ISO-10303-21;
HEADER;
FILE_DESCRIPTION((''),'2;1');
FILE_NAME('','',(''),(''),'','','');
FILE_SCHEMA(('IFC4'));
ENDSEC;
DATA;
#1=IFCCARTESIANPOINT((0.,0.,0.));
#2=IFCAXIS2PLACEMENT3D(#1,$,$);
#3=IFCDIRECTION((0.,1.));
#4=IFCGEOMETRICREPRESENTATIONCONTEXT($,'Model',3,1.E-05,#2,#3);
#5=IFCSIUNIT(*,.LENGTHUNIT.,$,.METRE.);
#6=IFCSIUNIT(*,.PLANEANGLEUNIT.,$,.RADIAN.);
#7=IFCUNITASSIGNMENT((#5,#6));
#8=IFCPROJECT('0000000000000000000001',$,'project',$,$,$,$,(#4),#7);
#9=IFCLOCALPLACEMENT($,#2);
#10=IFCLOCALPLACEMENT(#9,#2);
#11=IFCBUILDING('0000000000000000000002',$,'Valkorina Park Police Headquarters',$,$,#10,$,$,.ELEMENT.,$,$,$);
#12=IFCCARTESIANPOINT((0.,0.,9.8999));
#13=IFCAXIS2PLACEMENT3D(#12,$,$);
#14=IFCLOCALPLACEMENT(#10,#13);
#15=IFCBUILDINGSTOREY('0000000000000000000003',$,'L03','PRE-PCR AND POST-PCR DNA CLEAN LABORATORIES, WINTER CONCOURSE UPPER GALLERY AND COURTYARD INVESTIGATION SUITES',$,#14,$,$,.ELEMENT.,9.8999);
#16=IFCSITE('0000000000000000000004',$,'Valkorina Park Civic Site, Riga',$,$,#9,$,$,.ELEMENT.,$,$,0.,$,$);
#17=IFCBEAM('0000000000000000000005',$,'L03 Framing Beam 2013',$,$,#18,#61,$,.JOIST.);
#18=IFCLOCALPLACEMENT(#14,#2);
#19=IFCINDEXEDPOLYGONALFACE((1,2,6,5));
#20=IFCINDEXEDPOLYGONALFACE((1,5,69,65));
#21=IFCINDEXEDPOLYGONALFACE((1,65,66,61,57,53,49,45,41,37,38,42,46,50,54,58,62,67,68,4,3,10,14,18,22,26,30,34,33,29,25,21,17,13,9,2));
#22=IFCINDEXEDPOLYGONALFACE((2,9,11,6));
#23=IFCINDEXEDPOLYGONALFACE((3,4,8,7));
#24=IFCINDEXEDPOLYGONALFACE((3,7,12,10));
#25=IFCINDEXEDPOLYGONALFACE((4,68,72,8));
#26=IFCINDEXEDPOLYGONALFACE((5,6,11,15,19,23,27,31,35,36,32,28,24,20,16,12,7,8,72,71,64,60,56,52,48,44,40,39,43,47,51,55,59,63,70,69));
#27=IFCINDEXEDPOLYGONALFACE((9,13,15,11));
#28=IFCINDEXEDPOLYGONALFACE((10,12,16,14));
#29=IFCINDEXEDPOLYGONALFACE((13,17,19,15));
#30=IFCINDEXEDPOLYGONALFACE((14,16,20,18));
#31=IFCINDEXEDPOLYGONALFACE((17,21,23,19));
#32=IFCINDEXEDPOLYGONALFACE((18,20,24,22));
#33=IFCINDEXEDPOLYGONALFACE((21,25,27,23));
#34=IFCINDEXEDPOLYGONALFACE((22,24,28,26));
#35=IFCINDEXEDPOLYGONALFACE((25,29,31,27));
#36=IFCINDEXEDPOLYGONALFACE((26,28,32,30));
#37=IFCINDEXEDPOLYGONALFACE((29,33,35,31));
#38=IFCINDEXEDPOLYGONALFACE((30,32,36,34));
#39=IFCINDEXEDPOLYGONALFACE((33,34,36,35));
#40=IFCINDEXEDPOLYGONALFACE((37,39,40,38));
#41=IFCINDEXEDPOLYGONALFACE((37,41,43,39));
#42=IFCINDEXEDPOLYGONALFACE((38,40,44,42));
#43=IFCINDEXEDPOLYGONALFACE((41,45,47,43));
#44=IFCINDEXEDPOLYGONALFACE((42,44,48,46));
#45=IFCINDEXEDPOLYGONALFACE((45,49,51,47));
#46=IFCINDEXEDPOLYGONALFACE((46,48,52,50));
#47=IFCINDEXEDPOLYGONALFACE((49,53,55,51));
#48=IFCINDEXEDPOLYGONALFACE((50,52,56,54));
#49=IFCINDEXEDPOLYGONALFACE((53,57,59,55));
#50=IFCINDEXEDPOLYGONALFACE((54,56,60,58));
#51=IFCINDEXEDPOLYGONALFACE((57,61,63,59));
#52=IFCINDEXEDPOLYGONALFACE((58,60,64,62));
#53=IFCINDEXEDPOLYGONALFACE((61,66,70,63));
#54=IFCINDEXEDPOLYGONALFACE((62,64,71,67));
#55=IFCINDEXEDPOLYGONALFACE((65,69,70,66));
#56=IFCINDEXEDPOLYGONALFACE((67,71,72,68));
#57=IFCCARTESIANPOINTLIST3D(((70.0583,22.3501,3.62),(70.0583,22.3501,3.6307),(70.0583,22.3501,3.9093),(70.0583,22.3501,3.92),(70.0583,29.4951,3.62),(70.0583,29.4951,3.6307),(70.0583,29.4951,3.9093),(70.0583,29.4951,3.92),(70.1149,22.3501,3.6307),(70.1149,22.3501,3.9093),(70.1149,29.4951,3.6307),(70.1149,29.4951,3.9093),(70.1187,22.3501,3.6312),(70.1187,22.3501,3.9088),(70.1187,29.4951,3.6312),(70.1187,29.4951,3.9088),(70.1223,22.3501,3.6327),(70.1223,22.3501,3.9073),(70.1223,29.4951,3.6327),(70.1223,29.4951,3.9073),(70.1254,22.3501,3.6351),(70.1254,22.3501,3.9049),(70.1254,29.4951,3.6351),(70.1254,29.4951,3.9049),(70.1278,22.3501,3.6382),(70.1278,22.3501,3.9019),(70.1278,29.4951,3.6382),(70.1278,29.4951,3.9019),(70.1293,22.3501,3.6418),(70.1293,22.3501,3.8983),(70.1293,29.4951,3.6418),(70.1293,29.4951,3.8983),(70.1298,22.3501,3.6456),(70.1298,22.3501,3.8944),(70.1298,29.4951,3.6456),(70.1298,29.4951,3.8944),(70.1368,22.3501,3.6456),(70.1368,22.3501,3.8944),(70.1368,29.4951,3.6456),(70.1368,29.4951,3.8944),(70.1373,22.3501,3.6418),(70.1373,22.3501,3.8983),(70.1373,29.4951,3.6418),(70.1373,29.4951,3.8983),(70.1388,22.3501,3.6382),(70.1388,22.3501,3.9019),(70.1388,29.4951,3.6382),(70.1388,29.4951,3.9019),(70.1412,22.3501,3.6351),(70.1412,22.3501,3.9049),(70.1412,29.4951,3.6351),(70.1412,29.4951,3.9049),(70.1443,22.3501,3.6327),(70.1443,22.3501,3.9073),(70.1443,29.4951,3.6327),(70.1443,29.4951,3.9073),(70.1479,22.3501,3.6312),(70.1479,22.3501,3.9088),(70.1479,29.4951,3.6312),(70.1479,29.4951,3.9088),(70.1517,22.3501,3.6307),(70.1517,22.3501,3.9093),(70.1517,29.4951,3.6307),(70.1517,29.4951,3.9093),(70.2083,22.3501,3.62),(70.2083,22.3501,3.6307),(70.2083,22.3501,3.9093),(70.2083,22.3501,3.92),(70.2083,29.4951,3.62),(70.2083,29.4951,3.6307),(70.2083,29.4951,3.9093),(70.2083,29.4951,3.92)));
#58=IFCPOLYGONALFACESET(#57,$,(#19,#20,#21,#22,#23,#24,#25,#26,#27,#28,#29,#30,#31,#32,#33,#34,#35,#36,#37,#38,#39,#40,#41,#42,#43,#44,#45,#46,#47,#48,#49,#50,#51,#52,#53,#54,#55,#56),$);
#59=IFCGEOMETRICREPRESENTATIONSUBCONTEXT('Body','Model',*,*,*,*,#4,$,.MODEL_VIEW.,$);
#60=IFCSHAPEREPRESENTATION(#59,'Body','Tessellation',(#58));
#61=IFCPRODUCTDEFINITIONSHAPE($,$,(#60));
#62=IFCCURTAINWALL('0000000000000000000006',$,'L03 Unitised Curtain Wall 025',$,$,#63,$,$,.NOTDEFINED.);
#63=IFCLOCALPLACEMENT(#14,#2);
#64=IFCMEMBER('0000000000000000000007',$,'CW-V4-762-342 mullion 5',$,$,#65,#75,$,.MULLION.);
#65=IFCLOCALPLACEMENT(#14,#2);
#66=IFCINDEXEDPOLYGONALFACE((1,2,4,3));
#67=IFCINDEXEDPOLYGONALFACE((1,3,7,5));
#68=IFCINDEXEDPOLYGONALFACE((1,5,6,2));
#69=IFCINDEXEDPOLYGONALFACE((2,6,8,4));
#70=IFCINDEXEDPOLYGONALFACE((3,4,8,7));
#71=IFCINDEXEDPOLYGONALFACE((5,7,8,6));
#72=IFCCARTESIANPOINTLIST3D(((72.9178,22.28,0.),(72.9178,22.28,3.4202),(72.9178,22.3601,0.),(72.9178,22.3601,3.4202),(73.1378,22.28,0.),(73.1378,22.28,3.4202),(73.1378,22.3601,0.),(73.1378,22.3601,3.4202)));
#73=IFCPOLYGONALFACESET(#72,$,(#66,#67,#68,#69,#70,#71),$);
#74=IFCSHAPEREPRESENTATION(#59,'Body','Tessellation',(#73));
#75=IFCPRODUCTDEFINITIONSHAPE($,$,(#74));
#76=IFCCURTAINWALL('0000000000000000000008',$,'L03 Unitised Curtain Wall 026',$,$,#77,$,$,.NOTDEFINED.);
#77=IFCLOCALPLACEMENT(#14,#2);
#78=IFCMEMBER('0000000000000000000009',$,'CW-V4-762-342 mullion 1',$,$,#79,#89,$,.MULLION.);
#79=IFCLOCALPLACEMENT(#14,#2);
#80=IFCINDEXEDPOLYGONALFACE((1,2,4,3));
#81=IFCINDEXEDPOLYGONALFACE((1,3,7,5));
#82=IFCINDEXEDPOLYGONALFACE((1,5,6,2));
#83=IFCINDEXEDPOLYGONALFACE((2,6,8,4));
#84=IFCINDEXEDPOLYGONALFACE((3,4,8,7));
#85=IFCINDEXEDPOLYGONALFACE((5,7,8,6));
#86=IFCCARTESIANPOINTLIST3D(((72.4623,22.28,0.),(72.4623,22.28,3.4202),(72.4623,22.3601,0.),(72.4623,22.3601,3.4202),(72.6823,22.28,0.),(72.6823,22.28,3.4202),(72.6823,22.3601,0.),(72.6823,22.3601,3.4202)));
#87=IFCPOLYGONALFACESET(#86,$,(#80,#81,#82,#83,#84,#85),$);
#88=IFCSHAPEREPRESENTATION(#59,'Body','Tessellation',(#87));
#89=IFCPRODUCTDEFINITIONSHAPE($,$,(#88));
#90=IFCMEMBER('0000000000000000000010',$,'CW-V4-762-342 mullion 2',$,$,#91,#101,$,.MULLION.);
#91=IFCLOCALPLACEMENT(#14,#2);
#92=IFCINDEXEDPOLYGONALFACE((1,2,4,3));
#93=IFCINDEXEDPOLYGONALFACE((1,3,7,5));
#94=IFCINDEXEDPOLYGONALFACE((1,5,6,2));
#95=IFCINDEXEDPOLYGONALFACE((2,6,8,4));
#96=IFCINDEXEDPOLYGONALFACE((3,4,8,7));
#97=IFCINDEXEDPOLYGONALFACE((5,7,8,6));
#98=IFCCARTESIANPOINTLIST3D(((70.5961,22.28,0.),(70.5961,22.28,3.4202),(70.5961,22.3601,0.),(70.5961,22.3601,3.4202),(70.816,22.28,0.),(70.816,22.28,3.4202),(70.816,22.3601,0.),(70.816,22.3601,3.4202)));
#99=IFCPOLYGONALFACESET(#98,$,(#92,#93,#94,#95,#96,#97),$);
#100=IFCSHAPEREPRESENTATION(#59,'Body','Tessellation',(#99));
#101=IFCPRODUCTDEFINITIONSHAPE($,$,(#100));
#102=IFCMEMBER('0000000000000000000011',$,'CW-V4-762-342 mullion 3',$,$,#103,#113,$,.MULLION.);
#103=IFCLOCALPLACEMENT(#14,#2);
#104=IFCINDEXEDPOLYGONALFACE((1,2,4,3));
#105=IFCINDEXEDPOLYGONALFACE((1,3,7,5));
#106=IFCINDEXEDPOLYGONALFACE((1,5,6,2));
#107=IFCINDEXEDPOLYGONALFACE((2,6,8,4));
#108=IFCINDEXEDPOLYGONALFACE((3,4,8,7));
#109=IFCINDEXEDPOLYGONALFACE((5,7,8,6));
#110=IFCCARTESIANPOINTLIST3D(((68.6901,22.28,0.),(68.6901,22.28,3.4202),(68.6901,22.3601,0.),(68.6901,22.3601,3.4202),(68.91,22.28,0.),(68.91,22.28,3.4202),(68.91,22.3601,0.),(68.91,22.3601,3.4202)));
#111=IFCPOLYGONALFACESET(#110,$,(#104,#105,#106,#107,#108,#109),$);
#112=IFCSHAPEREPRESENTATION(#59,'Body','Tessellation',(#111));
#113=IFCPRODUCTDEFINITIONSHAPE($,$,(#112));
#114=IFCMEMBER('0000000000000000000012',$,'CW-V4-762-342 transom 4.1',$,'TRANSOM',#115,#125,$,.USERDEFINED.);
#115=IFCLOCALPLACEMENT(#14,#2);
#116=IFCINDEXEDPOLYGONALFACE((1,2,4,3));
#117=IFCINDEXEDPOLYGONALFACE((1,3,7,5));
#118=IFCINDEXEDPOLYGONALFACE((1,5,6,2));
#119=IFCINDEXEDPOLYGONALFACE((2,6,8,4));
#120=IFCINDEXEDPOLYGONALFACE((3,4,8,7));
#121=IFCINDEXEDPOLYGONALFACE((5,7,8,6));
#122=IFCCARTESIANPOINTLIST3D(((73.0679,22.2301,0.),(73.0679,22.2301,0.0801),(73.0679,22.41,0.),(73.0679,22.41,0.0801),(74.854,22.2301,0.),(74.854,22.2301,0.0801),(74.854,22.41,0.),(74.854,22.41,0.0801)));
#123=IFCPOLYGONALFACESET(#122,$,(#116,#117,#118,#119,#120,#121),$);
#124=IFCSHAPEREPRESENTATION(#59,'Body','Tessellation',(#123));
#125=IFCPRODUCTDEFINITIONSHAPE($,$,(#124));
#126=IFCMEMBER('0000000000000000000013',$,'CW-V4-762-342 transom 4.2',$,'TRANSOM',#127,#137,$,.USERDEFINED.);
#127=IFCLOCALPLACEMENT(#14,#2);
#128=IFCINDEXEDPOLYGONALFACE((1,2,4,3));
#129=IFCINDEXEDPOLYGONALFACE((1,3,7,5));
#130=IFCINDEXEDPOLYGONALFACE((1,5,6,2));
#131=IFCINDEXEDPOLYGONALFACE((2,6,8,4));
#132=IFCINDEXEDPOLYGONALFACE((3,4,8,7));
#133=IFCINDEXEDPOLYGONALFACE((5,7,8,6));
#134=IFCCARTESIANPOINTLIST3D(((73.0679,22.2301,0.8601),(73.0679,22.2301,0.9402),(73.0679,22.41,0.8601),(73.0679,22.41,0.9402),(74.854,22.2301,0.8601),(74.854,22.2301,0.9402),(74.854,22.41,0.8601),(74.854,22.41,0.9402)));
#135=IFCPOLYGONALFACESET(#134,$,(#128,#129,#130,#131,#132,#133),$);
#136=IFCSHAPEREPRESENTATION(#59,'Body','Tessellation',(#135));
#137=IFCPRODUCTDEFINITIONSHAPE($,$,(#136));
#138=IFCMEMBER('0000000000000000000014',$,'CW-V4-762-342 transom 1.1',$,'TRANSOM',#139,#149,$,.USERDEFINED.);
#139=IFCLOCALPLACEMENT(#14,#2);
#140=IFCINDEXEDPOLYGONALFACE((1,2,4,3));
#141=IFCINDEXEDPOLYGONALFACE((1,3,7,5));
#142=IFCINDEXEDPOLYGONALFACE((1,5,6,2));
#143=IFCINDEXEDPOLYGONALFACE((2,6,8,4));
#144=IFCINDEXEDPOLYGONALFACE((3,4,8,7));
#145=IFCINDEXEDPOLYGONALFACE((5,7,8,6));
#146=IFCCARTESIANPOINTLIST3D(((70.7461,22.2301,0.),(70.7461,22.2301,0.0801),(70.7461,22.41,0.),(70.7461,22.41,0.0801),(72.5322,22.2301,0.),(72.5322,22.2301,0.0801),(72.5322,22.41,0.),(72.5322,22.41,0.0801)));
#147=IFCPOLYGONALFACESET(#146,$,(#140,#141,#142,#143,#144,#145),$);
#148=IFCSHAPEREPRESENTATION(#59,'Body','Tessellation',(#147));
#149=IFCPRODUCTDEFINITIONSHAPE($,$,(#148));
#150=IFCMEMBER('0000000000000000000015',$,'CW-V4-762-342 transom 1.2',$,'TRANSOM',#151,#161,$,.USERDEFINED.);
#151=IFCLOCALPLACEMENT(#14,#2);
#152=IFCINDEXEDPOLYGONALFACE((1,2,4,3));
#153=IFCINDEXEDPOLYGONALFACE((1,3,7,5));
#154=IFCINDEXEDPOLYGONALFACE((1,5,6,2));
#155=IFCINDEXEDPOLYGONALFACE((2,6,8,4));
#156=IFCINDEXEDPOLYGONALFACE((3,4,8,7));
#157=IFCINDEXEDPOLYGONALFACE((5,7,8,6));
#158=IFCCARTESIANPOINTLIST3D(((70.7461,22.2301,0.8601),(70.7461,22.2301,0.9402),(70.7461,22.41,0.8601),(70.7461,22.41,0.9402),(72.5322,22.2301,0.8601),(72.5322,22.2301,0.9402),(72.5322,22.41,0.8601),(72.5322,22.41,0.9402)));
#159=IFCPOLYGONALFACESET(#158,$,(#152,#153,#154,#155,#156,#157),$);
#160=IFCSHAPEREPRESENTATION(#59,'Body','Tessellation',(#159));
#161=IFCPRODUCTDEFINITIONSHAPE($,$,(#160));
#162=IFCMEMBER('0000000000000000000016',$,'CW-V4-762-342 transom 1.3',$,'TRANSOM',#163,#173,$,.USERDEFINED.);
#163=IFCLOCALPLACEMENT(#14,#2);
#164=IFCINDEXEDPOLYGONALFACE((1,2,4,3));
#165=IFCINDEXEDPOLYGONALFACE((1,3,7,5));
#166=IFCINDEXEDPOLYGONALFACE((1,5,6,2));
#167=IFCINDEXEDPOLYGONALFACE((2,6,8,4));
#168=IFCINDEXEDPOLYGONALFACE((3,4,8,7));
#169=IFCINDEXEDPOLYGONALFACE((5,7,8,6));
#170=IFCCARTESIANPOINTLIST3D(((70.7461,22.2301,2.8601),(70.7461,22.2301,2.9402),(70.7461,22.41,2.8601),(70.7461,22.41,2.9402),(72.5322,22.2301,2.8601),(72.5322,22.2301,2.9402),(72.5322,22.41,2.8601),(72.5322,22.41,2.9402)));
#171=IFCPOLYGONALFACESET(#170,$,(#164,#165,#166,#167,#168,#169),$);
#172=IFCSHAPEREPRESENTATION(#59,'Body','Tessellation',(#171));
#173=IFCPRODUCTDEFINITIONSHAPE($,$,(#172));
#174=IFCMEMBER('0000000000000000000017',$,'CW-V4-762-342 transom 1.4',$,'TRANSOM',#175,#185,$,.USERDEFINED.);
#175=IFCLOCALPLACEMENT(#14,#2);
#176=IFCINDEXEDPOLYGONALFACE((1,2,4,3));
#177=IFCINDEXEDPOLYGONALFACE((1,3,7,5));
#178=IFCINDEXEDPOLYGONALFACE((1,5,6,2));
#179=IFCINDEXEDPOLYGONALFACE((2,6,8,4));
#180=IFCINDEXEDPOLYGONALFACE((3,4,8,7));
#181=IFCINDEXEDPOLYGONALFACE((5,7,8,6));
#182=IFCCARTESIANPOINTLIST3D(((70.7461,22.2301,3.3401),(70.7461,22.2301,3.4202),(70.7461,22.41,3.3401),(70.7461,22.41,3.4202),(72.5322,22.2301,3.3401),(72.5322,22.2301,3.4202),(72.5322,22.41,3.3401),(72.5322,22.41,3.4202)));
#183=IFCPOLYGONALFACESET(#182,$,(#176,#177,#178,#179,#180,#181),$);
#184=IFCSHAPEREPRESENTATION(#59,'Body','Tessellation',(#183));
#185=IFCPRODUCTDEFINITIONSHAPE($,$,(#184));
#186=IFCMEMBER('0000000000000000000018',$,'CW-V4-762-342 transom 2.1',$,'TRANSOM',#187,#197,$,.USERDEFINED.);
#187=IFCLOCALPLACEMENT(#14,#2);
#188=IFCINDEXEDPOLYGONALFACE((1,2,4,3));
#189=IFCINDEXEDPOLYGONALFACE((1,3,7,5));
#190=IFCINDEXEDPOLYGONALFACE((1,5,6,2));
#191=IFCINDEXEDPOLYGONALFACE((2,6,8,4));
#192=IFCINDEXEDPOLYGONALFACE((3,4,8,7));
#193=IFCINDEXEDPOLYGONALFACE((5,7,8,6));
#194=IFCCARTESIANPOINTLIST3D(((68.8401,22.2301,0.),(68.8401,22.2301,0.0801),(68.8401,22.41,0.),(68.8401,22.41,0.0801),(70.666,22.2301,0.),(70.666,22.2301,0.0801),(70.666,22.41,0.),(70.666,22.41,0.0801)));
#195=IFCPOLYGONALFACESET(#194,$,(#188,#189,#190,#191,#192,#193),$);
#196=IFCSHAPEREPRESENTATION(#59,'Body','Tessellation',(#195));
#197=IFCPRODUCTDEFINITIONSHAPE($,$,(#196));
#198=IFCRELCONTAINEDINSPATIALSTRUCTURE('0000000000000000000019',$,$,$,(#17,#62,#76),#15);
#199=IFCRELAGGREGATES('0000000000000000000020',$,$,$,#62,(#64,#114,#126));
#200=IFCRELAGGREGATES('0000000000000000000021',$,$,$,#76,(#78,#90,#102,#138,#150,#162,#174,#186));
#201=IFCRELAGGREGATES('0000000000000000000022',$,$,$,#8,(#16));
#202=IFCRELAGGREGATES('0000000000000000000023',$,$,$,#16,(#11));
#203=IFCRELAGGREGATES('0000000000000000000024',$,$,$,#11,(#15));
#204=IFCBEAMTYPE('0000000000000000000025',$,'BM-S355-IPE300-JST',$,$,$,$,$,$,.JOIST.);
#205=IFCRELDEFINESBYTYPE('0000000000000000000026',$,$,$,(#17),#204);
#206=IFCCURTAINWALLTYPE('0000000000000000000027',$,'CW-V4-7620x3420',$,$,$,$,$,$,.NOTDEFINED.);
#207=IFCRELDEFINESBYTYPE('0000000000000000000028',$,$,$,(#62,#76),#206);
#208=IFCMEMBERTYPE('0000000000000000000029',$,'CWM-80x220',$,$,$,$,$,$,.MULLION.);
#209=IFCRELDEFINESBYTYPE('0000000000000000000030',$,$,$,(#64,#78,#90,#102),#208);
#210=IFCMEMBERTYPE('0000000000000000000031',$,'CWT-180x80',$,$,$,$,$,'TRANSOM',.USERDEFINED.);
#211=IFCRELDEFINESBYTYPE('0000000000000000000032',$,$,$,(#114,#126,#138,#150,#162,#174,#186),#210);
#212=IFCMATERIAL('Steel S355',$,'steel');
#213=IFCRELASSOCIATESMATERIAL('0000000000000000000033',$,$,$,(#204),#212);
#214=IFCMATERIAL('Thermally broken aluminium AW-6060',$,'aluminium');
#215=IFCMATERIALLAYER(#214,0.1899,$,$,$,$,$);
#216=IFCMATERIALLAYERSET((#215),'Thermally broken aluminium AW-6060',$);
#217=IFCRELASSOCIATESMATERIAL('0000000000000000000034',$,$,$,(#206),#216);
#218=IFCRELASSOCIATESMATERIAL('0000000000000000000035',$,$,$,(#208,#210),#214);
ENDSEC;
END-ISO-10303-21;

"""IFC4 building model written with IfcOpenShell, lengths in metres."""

from ifc_helpers import new_model, si_unit, direction, frame, origin, origin_2d, place, context, subcontext, project, spatial, rectangle, i_section, extrude, material, layer, layer_set, material_profile, profile_set, type_object, element, aggregate, save


model = new_model("IFC4")

# Units and contexts
model_context = context("Model", 3, precision=1e-05, world=origin(), true_north=direction((0.0, 1.0)))
body_context = subcontext(model_context, "Body", "Model", "MODEL_VIEW")
ifc_project = project(units=[si_unit("LENGTHUNIT", "METRE"), si_unit("PLANEANGLEUNIT", "RADIAN")], contexts=[model_context])

# Site, building, storey
site_placement = place(None, origin())
site = spatial("IfcSite", under=ifc_project, at=site_placement, Name="Valkorina Park Civic Site, Riga", CompositionType="ELEMENT", RefElevation=0.0)
building_placement = place(site_placement, origin())
building = spatial("IfcBuilding", under=site, at=building_placement, Name="Valkorina Park Police Headquarters", CompositionType="ELEMENT")
storey_placement = place(building_placement, frame((0.0, 0.0, 9.8999)))
storey = spatial("IfcBuildingStorey", under=building, at=storey_placement, Name="L03", Description="PRE-PCR AND POST-PCR DNA CLEAN LABORATORIES, WINTER CONCOURSE UPPER GALLERY AND COURTYARD INVESTIGATION SUITES", CompositionType="ELEMENT", Elevation=9.8999)

# Shared definitions
ifc_material_1 = material(Name="Steel S355", Category="steel")

# Beam
ifc_material_profile_1 = material_profile(ifc_material_1, i_section(OverallWidth=0.1499, OverallDepth=0.3, WebThickness=0.0071, FlangeThickness=0.0107, FilletRadius=0.0149, at=origin_2d()), Name="IPE 300")
ifc_profile_set_1 = profile_set([ifc_material_profile_1], Name="Steel S355")
beam_type_1 = type_object("IfcBeamType", Name="BM-S355-IPE300-JST", PredefinedType="JOIST", material=ifc_profile_set_1)
beam_1_placement = place(storey_placement, frame((70.1333, 22.3501, 3.77), z_axis=(0.0, 1.0, 0.0), x_axis=(-1.0, 0.0, 0.0)))
element("IfcBeam", 1, at=beam_1_placement, inside=storey, type_object=beam_type_1, Name="L03 Framing Beam 2013", PredefinedType="JOIST", context=body_context, shape_type="SweptSolid", body=[
    extrude(i_section(OverallWidth=0.1499, OverallDepth=0.3, WebThickness=0.0071, FlangeThickness=0.0107, FilletRadius=0.0149, at=origin_2d()), origin(), (0.0, 0.0, 1.0), 7.145),
])

# Curtain wall, member
ifc_material_2 = material(Name="Thermally broken aluminium AW-6060", Category="aluminium")
ifc_layer_1 = layer(ifc_material_2, 0.1899)
ifc_layer_set_1 = layer_set([ifc_layer_1], Name="Thermally broken aluminium AW-6060")
curtain_wall_type = type_object("IfcCurtainWallType", Name="CW-V4-7620x3420", PredefinedType="NOTDEFINED", material=ifc_layer_set_1)
curtain_wall_1_placement = place(storey_placement, origin())
curtain_wall_1 = element("IfcCurtainWall", 2, at=curtain_wall_1_placement, inside=storey, type_object=curtain_wall_type, Name="L03 Unitised Curtain Wall 025", PredefinedType="NOTDEFINED")
ifc_material_profile_2 = material_profile(ifc_material_2, rectangle(XDim=0.0801, YDim=0.22, at=origin_2d()), Name="CWM-03 80x220")
ifc_profile_set_2 = profile_set([ifc_material_profile_2], Name="Thermally broken aluminium AW-6060")
member_type_1 = type_object("IfcMemberType", Name="CWM-80x220", PredefinedType="MULLION", material=ifc_profile_set_2)
member_1_placement = place(storey_placement, frame((73.0278, 22.3201, 0.0), z_axis=(0.0, 0.0, 1.0), x_axis=(0.0, -1.0, 0.0)))
member_1 = element("IfcMember", 3, at=member_1_placement, type_object=member_type_1, Name="CW-V4-762-342 mullion 5", PredefinedType="MULLION", context=body_context, shape_type="SweptSolid", body=[
    extrude(rectangle(XDim=0.0801, YDim=0.22, at=origin_2d()), origin(), (0.0, 0.0, 1.0), 3.4202),
])

# Curtain wall, members
curtain_wall_2_placement = place(storey_placement, origin())
curtain_wall_2 = element("IfcCurtainWall", 4, at=curtain_wall_2_placement, inside=storey, type_object=curtain_wall_type, Name="L03 Unitised Curtain Wall 026", PredefinedType="NOTDEFINED")
member_2_placement = place(storey_placement, frame((72.5723, 22.3201, 0.0), z_axis=(0.0, 0.0, 1.0), x_axis=(0.0, -1.0, 0.0)))
member_2 = element("IfcMember", 5, at=member_2_placement, type_object=member_type_1, Name="CW-V4-762-342 mullion 1", PredefinedType="MULLION", context=body_context, shape_type="SweptSolid", body=[
    extrude(rectangle(XDim=0.0801, YDim=0.22, at=origin_2d()), origin(), (0.0, 0.0, 1.0), 3.4202),
])
member_3_placement = place(storey_placement, frame((70.7061, 22.3201, 0.0), z_axis=(0.0, 0.0, 1.0), x_axis=(0.0, -1.0, 0.0)))
member_3 = element("IfcMember", 6, at=member_3_placement, type_object=member_type_1, Name="CW-V4-762-342 mullion 2", PredefinedType="MULLION", context=body_context, shape_type="SweptSolid", body=[
    extrude(rectangle(XDim=0.0801, YDim=0.22, at=origin_2d()), origin(), (0.0, 0.0, 1.0), 3.4202),
])
member_4_placement = place(storey_placement, frame((68.8, 22.3201, 0.0), z_axis=(0.0, 0.0, 1.0), x_axis=(0.0, -1.0, 0.0)))
member_4 = element("IfcMember", 7, at=member_4_placement, type_object=member_type_1, Name="CW-V4-762-342 mullion 3", PredefinedType="MULLION", context=body_context, shape_type="SweptSolid", body=[
    extrude(rectangle(XDim=0.0801, YDim=0.22, at=origin_2d()), origin(), (0.0, 0.0, 1.0), 3.4202),
])

# Members
ifc_material_profile_3 = material_profile(ifc_material_2, rectangle(XDim=0.1799, YDim=0.0801, at=origin_2d()), Name="CWT-03 180x80")
ifc_profile_set_3 = profile_set([ifc_material_profile_3], Name="Thermally broken aluminium AW-6060")
member_type_2 = type_object("IfcMemberType", Name="CWT-180x80", ElementType="TRANSOM", PredefinedType="USERDEFINED", material=ifc_profile_set_3)
member_5_placement = place(storey_placement, frame((74.854, 22.3201, 0.04), z_axis=(-1.0, 0.0, 0.0), x_axis=(0.0, -1.0, 0.0)))
member_5 = element("IfcMember", 8, at=member_5_placement, type_object=member_type_2, Name="CW-V4-762-342 transom 4.1", ObjectType="TRANSOM", PredefinedType="USERDEFINED", context=body_context, shape_type="SweptSolid", body=[
    extrude(rectangle(XDim=0.1799, YDim=0.0801, at=origin_2d()), origin(), (0.0, 0.0, 1.0), 1.7861),
])
member_6_placement = place(storey_placement, frame((74.854, 22.3201, 0.9001), z_axis=(-1.0, 0.0, 0.0), x_axis=(0.0, -1.0, 0.0)))
member_6 = element("IfcMember", 9, at=member_6_placement, type_object=member_type_2, Name="CW-V4-762-342 transom 4.2", ObjectType="TRANSOM", PredefinedType="USERDEFINED", context=body_context, shape_type="SweptSolid", body=[
    extrude(rectangle(XDim=0.1799, YDim=0.0801, at=origin_2d()), origin(), (0.0, 0.0, 1.0), 1.7861),
])
member_7_placement = place(storey_placement, frame((72.5322, 22.3201, 0.04), z_axis=(-1.0, 0.0, 0.0), x_axis=(0.0, -1.0, 0.0)))
member_7 = element("IfcMember", 10, at=member_7_placement, type_object=member_type_2, Name="CW-V4-762-342 transom 1.1", ObjectType="TRANSOM", PredefinedType="USERDEFINED", context=body_context, shape_type="SweptSolid", body=[
    extrude(rectangle(XDim=0.1799, YDim=0.0801, at=origin_2d()), origin(), (0.0, 0.0, 1.0), 1.7861),
])
member_8_placement = place(storey_placement, frame((72.5322, 22.3201, 0.9001), z_axis=(-1.0, 0.0, 0.0), x_axis=(0.0, -1.0, 0.0)))
member_8 = element("IfcMember", 11, at=member_8_placement, type_object=member_type_2, Name="CW-V4-762-342 transom 1.2", ObjectType="TRANSOM", PredefinedType="USERDEFINED", context=body_context, shape_type="SweptSolid", body=[
    extrude(rectangle(XDim=0.1799, YDim=0.0801, at=origin_2d()), origin(), (0.0, 0.0, 1.0), 1.7861),
])
member_9_placement = place(storey_placement, frame((72.5322, 22.3201, 2.9001), z_axis=(-1.0, 0.0, 0.0), x_axis=(0.0, -1.0, 0.0)))
member_9 = element("IfcMember", 12, at=member_9_placement, type_object=member_type_2, Name="CW-V4-762-342 transom 1.3", ObjectType="TRANSOM", PredefinedType="USERDEFINED", context=body_context, shape_type="SweptSolid", body=[
    extrude(rectangle(XDim=0.1799, YDim=0.0801, at=origin_2d()), origin(), (0.0, 0.0, 1.0), 1.7861),
])
member_10_placement = place(storey_placement, frame((72.5322, 22.3201, 3.3801), z_axis=(-1.0, 0.0, 0.0), x_axis=(0.0, -1.0, 0.0)))
member_10 = element("IfcMember", 13, at=member_10_placement, type_object=member_type_2, Name="CW-V4-762-342 transom 1.4", ObjectType="TRANSOM", PredefinedType="USERDEFINED", context=body_context, shape_type="SweptSolid", body=[
    extrude(rectangle(XDim=0.1799, YDim=0.0801, at=origin_2d()), origin(), (0.0, 0.0, 1.0), 1.7861),
])
member_11_placement = place(storey_placement, frame((70.666, 22.3201, 0.04), z_axis=(-1.0, 0.0, 0.0), x_axis=(0.0, -1.0, 0.0)))
member_11 = element("IfcMember", 14, at=member_11_placement, type_object=member_type_2, Name="CW-V4-762-342 transom 2.1", ObjectType="TRANSOM", PredefinedType="USERDEFINED", context=body_context, shape_type="SweptSolid", body=[
    extrude(rectangle(XDim=0.1799, YDim=0.0801, at=origin_2d()), origin(), (0.0, 0.0, 1.0), 1.8259),
])

aggregate(curtain_wall_1, [member_1, member_5, member_6])
aggregate(curtain_wall_2, [member_2, member_3, member_4, member_7, member_8, member_9, member_10, member_11])

save(model, "model.ifc")
